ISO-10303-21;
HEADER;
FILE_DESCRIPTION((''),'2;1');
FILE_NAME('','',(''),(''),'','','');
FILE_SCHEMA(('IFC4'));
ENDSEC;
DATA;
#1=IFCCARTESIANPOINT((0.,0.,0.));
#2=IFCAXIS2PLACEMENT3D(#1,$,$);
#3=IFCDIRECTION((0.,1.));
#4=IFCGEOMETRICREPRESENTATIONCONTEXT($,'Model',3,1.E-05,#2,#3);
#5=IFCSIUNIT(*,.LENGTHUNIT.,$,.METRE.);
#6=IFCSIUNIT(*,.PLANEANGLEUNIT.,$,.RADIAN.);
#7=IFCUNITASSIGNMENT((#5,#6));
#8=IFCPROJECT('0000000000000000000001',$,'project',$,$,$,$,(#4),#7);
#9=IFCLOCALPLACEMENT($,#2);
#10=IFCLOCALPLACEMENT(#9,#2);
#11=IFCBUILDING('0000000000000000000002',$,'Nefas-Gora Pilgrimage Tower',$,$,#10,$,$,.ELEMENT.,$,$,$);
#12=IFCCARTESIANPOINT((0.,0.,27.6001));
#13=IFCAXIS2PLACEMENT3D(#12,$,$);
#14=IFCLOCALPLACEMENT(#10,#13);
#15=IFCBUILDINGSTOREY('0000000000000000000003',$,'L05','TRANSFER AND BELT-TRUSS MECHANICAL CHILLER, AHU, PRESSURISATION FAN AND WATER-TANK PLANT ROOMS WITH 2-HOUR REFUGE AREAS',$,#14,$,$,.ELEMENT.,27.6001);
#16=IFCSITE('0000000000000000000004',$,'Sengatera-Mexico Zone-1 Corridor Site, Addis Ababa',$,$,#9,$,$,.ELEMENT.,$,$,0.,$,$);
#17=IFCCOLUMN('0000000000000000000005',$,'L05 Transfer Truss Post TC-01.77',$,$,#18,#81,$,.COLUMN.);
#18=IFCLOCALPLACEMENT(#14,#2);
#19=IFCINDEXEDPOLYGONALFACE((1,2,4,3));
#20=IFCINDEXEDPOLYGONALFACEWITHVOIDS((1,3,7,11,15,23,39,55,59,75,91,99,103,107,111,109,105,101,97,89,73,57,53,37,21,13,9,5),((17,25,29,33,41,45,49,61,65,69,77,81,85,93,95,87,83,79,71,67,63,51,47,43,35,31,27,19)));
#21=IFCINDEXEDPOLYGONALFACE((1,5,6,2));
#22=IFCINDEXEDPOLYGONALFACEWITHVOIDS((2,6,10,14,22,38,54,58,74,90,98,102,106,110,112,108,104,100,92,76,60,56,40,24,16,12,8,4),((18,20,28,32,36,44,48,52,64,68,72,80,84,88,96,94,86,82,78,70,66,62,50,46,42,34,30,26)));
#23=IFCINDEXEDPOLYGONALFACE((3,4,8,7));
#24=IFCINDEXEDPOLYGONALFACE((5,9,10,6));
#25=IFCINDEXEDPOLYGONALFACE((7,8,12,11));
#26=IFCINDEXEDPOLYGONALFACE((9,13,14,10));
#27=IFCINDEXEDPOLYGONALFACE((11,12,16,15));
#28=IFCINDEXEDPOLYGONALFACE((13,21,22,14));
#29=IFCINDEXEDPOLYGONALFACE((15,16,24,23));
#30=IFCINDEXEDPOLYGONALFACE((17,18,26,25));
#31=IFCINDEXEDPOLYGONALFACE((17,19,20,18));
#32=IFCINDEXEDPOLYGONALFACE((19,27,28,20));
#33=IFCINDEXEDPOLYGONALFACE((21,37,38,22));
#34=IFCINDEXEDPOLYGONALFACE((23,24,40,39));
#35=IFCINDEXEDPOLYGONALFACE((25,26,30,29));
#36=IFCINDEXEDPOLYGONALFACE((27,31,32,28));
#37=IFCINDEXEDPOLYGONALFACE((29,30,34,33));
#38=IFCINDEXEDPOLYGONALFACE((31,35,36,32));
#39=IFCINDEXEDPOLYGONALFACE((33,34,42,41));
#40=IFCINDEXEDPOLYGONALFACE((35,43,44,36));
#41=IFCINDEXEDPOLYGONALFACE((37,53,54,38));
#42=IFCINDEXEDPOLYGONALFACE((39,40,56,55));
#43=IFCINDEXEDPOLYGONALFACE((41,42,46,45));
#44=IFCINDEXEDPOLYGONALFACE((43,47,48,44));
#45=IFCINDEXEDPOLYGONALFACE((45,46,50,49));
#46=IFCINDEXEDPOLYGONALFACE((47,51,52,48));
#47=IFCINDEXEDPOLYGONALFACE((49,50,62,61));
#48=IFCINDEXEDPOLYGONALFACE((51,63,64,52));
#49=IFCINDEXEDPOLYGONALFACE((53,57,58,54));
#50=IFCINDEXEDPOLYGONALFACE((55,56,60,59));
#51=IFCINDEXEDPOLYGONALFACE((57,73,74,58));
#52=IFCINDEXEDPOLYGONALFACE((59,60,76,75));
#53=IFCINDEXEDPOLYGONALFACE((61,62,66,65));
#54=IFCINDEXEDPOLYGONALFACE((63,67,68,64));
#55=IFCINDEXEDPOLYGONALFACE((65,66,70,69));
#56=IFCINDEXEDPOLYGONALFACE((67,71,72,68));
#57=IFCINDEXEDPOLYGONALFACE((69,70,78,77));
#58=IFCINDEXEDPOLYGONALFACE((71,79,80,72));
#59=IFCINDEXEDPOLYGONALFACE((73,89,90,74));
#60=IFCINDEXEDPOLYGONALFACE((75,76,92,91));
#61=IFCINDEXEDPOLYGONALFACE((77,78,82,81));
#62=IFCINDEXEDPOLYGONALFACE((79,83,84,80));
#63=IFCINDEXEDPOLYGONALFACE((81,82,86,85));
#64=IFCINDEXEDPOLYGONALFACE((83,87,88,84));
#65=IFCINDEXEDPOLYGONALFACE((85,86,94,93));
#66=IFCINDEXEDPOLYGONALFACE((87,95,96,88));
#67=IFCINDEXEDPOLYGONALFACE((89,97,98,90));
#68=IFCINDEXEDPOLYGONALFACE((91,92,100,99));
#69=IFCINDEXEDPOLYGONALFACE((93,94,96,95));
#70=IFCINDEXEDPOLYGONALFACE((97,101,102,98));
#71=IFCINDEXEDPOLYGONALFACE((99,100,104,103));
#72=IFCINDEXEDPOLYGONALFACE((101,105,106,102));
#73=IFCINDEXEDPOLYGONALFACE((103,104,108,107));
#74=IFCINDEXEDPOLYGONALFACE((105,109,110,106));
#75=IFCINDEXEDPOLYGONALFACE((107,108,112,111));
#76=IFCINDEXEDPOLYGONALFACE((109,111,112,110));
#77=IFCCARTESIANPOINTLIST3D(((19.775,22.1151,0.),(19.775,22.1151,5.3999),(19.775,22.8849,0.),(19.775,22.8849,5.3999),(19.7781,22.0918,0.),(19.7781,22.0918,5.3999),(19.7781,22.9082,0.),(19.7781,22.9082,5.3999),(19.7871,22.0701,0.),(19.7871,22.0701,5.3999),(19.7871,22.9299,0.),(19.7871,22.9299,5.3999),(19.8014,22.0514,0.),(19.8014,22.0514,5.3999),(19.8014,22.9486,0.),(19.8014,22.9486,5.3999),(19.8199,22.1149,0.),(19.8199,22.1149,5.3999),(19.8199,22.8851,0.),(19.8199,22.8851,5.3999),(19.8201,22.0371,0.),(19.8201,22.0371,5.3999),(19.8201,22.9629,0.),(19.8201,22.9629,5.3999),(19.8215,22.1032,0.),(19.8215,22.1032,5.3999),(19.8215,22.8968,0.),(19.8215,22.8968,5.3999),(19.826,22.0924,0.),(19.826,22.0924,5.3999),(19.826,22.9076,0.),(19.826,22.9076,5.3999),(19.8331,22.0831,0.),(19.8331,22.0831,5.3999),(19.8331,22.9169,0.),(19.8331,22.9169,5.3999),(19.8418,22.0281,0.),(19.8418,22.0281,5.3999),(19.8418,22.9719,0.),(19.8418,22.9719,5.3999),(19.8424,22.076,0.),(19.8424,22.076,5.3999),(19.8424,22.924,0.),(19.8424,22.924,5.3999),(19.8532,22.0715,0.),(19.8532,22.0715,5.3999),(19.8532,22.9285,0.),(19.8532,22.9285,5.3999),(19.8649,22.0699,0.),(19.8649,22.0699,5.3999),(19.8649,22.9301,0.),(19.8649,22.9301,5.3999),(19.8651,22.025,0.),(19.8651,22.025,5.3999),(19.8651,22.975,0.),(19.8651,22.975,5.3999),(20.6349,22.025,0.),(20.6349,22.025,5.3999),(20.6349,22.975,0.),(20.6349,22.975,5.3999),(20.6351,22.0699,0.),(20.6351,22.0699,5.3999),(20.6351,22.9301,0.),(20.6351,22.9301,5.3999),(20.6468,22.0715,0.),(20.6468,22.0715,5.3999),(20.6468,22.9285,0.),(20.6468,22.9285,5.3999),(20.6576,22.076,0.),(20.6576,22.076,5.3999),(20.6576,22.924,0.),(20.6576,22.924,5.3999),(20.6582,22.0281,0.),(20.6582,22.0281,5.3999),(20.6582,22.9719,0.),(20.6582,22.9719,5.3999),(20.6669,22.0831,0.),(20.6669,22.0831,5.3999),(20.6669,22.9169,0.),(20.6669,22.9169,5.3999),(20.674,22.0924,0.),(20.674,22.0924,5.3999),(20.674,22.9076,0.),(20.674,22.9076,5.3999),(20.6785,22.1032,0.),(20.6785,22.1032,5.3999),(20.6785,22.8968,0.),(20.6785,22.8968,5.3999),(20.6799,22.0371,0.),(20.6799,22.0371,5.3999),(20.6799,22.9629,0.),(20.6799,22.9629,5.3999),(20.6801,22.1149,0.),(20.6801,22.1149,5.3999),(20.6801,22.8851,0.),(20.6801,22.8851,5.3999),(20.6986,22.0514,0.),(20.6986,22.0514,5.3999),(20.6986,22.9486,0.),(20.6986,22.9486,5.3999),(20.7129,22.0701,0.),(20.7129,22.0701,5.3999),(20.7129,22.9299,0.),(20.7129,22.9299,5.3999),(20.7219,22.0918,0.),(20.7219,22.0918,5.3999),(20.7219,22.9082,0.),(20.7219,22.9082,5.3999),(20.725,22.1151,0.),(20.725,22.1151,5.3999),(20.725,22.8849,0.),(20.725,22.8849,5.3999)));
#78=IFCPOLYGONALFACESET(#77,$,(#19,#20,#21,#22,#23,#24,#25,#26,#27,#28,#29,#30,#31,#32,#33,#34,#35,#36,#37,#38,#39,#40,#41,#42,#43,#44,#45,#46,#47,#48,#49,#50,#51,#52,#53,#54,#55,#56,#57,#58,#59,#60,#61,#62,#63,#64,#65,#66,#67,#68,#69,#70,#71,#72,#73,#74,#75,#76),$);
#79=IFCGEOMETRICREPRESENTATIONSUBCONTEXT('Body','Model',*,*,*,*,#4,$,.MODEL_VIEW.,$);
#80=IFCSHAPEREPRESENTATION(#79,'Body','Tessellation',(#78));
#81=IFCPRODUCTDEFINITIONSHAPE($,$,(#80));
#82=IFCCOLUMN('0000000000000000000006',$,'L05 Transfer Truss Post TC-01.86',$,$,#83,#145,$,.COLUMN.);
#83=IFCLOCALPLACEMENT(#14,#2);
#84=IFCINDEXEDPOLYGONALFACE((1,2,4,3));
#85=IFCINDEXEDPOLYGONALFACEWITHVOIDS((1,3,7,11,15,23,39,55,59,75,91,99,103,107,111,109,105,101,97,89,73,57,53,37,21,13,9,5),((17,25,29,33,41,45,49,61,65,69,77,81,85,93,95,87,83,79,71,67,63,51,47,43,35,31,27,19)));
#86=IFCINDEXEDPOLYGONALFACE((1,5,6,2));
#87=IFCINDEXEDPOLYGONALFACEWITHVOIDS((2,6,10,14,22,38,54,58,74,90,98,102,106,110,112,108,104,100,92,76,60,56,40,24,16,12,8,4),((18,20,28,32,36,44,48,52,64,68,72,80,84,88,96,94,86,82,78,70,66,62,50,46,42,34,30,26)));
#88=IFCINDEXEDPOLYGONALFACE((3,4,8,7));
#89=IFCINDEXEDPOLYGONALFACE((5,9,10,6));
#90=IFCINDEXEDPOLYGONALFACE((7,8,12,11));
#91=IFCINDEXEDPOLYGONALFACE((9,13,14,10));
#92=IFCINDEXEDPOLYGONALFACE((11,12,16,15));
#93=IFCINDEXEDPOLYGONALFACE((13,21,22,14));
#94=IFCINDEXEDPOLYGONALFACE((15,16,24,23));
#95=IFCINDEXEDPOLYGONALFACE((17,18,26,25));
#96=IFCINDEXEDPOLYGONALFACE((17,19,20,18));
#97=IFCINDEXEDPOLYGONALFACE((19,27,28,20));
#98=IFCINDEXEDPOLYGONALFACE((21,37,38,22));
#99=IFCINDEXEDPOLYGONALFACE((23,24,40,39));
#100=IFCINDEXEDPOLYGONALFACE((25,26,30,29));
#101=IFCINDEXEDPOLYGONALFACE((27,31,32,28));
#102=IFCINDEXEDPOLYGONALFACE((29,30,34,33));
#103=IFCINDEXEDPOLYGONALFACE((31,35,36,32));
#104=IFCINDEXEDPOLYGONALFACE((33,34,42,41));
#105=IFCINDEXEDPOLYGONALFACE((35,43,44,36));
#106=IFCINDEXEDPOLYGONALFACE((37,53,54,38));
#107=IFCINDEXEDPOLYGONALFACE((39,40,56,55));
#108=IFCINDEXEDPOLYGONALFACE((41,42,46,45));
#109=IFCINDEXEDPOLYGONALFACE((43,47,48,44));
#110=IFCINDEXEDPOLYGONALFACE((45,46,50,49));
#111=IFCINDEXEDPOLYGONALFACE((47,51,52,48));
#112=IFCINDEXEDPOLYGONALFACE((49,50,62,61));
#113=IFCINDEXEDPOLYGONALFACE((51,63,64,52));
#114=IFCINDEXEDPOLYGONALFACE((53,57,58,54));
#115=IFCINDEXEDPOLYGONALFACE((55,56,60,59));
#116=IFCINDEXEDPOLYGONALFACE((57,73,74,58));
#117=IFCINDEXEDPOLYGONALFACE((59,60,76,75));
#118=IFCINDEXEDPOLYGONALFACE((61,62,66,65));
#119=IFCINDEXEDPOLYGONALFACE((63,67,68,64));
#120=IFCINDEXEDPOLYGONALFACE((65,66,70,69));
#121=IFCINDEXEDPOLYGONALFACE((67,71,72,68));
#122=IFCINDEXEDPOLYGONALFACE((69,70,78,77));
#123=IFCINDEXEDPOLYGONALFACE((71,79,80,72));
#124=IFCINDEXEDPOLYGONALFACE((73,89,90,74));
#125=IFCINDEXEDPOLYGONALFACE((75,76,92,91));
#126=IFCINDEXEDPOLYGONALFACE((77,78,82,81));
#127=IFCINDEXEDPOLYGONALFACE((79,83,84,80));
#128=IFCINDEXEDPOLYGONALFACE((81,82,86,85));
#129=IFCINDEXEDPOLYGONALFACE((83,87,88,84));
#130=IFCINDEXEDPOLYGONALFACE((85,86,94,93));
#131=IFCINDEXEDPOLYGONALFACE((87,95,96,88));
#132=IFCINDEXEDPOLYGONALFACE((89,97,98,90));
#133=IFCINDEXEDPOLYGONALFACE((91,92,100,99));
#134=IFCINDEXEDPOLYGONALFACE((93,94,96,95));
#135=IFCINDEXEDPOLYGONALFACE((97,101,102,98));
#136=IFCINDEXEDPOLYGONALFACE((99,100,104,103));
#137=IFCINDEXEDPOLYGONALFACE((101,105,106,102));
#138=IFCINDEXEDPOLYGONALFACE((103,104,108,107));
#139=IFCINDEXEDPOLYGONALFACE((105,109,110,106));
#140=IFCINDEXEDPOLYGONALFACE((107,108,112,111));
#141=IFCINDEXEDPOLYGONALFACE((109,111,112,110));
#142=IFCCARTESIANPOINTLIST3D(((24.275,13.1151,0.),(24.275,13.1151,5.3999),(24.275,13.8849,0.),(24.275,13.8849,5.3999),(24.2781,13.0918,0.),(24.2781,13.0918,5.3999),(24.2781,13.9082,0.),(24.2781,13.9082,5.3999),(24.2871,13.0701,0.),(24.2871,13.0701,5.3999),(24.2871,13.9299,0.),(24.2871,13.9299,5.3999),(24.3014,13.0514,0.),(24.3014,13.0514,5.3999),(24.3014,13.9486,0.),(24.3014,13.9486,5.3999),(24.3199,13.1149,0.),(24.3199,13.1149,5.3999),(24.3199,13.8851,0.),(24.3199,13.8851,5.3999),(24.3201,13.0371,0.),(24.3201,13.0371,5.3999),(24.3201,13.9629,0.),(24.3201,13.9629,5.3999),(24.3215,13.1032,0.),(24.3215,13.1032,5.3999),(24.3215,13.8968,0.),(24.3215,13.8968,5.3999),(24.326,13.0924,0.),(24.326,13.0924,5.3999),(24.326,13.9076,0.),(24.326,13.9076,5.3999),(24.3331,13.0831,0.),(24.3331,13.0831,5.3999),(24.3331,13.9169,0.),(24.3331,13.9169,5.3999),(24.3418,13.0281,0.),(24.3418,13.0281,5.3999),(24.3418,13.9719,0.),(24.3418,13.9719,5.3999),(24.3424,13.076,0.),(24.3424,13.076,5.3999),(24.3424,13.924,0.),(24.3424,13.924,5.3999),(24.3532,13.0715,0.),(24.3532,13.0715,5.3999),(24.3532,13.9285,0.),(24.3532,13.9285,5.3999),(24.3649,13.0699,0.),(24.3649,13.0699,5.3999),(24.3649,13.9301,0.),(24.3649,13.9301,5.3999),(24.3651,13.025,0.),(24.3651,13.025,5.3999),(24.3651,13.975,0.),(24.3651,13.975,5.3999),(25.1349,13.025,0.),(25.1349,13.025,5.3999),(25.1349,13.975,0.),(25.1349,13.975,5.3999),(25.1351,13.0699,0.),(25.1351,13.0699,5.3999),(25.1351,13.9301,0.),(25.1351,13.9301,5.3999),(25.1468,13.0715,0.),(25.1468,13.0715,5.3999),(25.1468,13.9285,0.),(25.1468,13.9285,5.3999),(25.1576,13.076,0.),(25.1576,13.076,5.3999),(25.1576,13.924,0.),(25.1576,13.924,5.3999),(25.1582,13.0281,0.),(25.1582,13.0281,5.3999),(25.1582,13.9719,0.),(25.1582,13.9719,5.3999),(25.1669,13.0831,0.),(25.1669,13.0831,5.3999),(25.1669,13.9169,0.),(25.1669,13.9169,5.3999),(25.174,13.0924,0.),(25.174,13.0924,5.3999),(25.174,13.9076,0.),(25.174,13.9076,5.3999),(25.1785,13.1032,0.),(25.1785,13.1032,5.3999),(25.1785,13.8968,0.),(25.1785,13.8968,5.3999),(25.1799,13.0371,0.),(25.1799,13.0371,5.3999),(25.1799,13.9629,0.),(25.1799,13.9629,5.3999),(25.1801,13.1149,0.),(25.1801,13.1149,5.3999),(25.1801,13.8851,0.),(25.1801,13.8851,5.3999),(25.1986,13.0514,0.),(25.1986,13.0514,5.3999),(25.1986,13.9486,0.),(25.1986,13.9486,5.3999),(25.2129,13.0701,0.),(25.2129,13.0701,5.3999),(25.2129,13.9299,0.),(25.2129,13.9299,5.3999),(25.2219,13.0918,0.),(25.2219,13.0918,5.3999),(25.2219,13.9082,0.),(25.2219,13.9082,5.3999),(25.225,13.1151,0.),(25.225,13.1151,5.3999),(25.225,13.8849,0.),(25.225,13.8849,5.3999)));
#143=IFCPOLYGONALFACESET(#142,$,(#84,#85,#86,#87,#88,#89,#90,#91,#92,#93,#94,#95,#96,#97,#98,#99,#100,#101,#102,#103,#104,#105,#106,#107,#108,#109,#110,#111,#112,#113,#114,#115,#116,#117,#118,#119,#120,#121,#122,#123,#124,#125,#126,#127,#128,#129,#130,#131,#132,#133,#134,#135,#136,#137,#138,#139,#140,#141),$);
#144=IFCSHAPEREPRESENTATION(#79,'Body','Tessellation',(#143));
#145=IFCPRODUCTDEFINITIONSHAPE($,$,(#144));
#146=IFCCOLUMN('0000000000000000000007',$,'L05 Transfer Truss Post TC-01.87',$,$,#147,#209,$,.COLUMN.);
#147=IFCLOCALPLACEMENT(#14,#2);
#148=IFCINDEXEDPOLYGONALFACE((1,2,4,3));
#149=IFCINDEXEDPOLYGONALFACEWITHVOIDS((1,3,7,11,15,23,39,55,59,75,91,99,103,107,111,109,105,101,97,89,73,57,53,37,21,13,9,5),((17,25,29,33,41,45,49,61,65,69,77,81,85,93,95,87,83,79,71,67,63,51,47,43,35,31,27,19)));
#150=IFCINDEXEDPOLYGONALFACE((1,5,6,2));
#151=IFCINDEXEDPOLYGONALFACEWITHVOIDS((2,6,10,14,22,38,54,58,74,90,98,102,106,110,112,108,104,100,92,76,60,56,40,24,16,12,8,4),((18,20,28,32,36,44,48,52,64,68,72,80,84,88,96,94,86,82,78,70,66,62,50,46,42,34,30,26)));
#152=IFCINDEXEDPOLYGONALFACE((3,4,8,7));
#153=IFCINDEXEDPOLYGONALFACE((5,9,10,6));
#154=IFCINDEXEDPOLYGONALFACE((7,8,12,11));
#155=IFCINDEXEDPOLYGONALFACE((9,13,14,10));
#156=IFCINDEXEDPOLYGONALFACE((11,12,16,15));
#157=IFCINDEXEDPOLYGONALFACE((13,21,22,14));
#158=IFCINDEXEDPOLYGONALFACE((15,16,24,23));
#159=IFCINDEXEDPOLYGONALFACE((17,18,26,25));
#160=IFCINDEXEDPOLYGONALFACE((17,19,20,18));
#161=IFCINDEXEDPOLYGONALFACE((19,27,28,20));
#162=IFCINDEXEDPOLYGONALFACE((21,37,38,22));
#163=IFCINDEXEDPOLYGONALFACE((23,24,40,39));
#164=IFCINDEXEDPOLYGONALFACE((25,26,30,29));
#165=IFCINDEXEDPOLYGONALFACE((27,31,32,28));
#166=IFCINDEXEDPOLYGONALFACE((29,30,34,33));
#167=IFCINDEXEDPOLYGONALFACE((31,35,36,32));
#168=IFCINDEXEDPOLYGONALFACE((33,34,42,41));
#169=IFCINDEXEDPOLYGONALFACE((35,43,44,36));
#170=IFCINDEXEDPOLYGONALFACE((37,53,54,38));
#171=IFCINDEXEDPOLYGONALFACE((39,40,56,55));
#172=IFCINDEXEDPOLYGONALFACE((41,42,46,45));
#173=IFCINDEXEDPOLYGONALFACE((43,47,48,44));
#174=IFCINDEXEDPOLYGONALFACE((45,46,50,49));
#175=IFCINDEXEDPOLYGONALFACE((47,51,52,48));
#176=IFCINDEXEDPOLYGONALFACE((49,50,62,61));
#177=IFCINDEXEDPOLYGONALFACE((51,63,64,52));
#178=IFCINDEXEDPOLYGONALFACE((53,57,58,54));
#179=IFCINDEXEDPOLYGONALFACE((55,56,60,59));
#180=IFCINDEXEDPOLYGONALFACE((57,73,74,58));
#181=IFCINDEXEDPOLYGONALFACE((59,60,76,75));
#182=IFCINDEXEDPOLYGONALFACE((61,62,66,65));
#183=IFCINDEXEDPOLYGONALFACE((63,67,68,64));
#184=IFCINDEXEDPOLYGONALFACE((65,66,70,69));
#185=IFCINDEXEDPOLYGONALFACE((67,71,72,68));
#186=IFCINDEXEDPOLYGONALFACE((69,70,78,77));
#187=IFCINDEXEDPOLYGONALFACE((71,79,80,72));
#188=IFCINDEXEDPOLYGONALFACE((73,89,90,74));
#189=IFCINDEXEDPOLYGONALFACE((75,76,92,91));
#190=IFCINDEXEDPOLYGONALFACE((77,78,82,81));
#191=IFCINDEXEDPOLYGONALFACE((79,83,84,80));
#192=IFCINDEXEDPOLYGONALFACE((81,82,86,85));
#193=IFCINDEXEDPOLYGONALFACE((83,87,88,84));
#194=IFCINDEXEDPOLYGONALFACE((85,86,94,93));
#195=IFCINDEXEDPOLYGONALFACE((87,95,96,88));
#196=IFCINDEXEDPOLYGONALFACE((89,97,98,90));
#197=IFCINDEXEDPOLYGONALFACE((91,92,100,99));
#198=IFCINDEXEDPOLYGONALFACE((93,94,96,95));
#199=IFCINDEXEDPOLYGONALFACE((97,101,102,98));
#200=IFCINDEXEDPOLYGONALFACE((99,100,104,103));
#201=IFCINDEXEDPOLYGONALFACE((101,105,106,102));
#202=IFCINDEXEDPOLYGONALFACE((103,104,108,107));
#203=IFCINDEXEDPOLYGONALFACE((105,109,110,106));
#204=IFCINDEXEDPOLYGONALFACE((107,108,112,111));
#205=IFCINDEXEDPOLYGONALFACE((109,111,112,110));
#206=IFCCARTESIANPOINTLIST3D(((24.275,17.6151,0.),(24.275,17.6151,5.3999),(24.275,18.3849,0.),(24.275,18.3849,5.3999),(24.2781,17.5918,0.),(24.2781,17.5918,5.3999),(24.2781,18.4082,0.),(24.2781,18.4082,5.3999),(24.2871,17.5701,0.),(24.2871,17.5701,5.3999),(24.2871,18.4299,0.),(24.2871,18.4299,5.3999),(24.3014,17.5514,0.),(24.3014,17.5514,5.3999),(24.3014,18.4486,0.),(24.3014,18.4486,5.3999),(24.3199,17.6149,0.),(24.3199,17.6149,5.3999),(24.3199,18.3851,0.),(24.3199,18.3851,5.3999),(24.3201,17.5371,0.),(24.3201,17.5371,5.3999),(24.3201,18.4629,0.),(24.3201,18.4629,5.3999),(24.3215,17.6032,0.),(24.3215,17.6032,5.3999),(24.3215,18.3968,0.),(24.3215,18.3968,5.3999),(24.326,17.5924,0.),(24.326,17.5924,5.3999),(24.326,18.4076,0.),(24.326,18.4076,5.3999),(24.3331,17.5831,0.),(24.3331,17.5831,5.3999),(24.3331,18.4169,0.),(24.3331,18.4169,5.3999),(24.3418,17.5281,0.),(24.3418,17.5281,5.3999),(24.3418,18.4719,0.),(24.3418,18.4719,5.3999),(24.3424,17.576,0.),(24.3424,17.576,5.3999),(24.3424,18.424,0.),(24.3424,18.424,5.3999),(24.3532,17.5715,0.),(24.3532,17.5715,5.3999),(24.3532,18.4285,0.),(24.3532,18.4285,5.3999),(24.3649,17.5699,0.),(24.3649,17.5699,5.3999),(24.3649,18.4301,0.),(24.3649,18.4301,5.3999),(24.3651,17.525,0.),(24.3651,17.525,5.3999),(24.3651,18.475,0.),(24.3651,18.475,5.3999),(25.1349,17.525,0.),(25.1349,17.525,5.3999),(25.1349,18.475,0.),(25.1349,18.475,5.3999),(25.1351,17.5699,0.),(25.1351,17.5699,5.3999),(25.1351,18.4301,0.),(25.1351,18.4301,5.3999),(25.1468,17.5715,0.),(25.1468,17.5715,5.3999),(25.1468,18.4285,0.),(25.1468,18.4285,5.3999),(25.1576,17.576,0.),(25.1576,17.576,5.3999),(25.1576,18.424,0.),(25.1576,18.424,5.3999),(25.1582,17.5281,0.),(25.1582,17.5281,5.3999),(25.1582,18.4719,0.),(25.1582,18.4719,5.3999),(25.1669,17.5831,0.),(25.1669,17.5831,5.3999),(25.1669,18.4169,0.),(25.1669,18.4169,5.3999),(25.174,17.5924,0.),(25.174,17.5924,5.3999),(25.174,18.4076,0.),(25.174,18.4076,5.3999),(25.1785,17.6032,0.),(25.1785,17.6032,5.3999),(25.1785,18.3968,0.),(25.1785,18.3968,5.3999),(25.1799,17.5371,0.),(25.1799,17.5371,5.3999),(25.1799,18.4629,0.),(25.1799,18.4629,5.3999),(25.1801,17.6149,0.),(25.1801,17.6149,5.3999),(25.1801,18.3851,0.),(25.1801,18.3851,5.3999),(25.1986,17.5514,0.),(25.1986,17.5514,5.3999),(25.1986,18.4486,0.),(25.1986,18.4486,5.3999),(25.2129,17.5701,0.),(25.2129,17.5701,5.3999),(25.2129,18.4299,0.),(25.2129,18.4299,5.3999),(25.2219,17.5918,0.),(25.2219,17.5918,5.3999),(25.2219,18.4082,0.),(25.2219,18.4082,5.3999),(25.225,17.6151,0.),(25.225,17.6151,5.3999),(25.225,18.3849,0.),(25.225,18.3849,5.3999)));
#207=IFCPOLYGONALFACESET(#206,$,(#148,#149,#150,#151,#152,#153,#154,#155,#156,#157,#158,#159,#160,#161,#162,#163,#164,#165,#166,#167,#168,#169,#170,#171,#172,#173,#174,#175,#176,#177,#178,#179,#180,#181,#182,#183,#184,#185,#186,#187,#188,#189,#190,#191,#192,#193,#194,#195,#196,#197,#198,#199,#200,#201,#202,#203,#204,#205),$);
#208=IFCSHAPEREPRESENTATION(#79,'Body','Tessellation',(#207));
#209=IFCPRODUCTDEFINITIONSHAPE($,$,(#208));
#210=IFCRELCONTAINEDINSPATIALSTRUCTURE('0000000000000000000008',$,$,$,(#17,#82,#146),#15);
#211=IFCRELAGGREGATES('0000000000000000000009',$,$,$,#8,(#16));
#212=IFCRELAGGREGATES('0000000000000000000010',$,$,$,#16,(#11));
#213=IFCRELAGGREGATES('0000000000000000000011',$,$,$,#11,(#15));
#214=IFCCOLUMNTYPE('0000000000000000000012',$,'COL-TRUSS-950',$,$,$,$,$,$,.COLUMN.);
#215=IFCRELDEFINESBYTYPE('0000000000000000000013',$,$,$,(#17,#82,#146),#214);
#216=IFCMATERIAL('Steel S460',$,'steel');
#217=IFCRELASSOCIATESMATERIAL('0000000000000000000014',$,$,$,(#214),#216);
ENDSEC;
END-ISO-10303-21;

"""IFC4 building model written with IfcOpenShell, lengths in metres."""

from ifc_helpers import new_model, si_unit, direction, frame, origin, origin_2d, place, context, subcontext, project, spatial, hollow_rectangle, extrude, source, transform, mapped, material, material_profile, profile_set, type_object, element, save


model = new_model("IFC4")

# Units and contexts
model_context = context("Model", 3, precision=1e-05, world=origin(), true_north=direction((0.0, 1.0)))
body_context = subcontext(model_context, "Body", "Model", "MODEL_VIEW")
ifc_project = project(units=[si_unit("LENGTHUNIT", "METRE"), si_unit("PLANEANGLEUNIT", "RADIAN")], contexts=[model_context])

# Site, building, storey
site_placement = place(None, origin())
site = spatial("IfcSite", under=ifc_project, at=site_placement, Name="Sengatera-Mexico Zone-1 Corridor Site, Addis Ababa", CompositionType="ELEMENT", RefElevation=0.0)
building_placement = place(site_placement, origin())
building = spatial("IfcBuilding", under=site, at=building_placement, Name="Nefas-Gora Pilgrimage Tower", CompositionType="ELEMENT")
storey_placement = place(building_placement, frame((0.0, 0.0, 27.6001)))
storey = spatial("IfcBuildingStorey", under=building, at=storey_placement, Name="L05", Description="TRANSFER AND BELT-TRUSS MECHANICAL CHILLER, AHU, PRESSURISATION FAN AND WATER-TANK PLANT ROOMS WITH 2-HOUR REFUGE AREAS", CompositionType="ELEMENT", Elevation=27.6001)

# Columns
ifc_material = material(Name="Steel S460", Category="steel")
ifc_material_profile_1 = material_profile(ifc_material, hollow_rectangle(XDim=0.95, YDim=0.95, WallThickness=0.0449, InnerFilletRadius=0.0449, OuterFilletRadius=0.0901, at=origin_2d()), Name="BOX 950x950x45")
ifc_profile_set_1 = profile_set([ifc_material_profile_1], Name="Steel S460")
column_type = type_object("IfcColumnType", Name="COL-TRUSS-950", PredefinedType="COLUMN", material=ifc_profile_set_1)
shared_shape_1 = source(origin(), body_context, "Body", "SweptSolid", [
    extrude(hollow_rectangle(XDim=0.95, YDim=0.95, WallThickness=0.0449, InnerFilletRadius=0.0449, OuterFilletRadius=0.0901, at=origin_2d()), origin(), (0.0, 0.0, 1.0), 5.3999),
])
for number, where, z_axis, x_axis, name in (
    (1, (20.25, 22.5, 0.0), (0.0, 0.0, 1.0), (1.0, 0.0, 0.0), "L05 Transfer Truss Post TC-01.77"),
    (2, (24.75, 13.5, 0.0), (0.0, 0.0, 1.0), (1.0, 0.0, 0.0), "L05 Transfer Truss Post TC-01.86"),
    (3, (24.75, 18.0, 0.0), (0.0, 0.0, 1.0), (1.0, 0.0, 0.0), "L05 Transfer Truss Post TC-01.87"),
):
    element("IfcColumn", number, at=place(storey_placement, frame(where, z_axis=z_axis, x_axis=x_axis)), inside=storey, type_object=column_type, Name=name, PredefinedType="COLUMN", context=body_context, shape_type="MappedRepresentation", body=[
        mapped(shared_shape_1, transform((0.0, 0.0, 0.0), x_axis=(1.0, 0.0, 0.0), y_axis=(0.0, 1.0, 0.0), z_axis=(0.0, 0.0, 1.0), scale=1.0)),
    ])

save(model, "model.ifc")
